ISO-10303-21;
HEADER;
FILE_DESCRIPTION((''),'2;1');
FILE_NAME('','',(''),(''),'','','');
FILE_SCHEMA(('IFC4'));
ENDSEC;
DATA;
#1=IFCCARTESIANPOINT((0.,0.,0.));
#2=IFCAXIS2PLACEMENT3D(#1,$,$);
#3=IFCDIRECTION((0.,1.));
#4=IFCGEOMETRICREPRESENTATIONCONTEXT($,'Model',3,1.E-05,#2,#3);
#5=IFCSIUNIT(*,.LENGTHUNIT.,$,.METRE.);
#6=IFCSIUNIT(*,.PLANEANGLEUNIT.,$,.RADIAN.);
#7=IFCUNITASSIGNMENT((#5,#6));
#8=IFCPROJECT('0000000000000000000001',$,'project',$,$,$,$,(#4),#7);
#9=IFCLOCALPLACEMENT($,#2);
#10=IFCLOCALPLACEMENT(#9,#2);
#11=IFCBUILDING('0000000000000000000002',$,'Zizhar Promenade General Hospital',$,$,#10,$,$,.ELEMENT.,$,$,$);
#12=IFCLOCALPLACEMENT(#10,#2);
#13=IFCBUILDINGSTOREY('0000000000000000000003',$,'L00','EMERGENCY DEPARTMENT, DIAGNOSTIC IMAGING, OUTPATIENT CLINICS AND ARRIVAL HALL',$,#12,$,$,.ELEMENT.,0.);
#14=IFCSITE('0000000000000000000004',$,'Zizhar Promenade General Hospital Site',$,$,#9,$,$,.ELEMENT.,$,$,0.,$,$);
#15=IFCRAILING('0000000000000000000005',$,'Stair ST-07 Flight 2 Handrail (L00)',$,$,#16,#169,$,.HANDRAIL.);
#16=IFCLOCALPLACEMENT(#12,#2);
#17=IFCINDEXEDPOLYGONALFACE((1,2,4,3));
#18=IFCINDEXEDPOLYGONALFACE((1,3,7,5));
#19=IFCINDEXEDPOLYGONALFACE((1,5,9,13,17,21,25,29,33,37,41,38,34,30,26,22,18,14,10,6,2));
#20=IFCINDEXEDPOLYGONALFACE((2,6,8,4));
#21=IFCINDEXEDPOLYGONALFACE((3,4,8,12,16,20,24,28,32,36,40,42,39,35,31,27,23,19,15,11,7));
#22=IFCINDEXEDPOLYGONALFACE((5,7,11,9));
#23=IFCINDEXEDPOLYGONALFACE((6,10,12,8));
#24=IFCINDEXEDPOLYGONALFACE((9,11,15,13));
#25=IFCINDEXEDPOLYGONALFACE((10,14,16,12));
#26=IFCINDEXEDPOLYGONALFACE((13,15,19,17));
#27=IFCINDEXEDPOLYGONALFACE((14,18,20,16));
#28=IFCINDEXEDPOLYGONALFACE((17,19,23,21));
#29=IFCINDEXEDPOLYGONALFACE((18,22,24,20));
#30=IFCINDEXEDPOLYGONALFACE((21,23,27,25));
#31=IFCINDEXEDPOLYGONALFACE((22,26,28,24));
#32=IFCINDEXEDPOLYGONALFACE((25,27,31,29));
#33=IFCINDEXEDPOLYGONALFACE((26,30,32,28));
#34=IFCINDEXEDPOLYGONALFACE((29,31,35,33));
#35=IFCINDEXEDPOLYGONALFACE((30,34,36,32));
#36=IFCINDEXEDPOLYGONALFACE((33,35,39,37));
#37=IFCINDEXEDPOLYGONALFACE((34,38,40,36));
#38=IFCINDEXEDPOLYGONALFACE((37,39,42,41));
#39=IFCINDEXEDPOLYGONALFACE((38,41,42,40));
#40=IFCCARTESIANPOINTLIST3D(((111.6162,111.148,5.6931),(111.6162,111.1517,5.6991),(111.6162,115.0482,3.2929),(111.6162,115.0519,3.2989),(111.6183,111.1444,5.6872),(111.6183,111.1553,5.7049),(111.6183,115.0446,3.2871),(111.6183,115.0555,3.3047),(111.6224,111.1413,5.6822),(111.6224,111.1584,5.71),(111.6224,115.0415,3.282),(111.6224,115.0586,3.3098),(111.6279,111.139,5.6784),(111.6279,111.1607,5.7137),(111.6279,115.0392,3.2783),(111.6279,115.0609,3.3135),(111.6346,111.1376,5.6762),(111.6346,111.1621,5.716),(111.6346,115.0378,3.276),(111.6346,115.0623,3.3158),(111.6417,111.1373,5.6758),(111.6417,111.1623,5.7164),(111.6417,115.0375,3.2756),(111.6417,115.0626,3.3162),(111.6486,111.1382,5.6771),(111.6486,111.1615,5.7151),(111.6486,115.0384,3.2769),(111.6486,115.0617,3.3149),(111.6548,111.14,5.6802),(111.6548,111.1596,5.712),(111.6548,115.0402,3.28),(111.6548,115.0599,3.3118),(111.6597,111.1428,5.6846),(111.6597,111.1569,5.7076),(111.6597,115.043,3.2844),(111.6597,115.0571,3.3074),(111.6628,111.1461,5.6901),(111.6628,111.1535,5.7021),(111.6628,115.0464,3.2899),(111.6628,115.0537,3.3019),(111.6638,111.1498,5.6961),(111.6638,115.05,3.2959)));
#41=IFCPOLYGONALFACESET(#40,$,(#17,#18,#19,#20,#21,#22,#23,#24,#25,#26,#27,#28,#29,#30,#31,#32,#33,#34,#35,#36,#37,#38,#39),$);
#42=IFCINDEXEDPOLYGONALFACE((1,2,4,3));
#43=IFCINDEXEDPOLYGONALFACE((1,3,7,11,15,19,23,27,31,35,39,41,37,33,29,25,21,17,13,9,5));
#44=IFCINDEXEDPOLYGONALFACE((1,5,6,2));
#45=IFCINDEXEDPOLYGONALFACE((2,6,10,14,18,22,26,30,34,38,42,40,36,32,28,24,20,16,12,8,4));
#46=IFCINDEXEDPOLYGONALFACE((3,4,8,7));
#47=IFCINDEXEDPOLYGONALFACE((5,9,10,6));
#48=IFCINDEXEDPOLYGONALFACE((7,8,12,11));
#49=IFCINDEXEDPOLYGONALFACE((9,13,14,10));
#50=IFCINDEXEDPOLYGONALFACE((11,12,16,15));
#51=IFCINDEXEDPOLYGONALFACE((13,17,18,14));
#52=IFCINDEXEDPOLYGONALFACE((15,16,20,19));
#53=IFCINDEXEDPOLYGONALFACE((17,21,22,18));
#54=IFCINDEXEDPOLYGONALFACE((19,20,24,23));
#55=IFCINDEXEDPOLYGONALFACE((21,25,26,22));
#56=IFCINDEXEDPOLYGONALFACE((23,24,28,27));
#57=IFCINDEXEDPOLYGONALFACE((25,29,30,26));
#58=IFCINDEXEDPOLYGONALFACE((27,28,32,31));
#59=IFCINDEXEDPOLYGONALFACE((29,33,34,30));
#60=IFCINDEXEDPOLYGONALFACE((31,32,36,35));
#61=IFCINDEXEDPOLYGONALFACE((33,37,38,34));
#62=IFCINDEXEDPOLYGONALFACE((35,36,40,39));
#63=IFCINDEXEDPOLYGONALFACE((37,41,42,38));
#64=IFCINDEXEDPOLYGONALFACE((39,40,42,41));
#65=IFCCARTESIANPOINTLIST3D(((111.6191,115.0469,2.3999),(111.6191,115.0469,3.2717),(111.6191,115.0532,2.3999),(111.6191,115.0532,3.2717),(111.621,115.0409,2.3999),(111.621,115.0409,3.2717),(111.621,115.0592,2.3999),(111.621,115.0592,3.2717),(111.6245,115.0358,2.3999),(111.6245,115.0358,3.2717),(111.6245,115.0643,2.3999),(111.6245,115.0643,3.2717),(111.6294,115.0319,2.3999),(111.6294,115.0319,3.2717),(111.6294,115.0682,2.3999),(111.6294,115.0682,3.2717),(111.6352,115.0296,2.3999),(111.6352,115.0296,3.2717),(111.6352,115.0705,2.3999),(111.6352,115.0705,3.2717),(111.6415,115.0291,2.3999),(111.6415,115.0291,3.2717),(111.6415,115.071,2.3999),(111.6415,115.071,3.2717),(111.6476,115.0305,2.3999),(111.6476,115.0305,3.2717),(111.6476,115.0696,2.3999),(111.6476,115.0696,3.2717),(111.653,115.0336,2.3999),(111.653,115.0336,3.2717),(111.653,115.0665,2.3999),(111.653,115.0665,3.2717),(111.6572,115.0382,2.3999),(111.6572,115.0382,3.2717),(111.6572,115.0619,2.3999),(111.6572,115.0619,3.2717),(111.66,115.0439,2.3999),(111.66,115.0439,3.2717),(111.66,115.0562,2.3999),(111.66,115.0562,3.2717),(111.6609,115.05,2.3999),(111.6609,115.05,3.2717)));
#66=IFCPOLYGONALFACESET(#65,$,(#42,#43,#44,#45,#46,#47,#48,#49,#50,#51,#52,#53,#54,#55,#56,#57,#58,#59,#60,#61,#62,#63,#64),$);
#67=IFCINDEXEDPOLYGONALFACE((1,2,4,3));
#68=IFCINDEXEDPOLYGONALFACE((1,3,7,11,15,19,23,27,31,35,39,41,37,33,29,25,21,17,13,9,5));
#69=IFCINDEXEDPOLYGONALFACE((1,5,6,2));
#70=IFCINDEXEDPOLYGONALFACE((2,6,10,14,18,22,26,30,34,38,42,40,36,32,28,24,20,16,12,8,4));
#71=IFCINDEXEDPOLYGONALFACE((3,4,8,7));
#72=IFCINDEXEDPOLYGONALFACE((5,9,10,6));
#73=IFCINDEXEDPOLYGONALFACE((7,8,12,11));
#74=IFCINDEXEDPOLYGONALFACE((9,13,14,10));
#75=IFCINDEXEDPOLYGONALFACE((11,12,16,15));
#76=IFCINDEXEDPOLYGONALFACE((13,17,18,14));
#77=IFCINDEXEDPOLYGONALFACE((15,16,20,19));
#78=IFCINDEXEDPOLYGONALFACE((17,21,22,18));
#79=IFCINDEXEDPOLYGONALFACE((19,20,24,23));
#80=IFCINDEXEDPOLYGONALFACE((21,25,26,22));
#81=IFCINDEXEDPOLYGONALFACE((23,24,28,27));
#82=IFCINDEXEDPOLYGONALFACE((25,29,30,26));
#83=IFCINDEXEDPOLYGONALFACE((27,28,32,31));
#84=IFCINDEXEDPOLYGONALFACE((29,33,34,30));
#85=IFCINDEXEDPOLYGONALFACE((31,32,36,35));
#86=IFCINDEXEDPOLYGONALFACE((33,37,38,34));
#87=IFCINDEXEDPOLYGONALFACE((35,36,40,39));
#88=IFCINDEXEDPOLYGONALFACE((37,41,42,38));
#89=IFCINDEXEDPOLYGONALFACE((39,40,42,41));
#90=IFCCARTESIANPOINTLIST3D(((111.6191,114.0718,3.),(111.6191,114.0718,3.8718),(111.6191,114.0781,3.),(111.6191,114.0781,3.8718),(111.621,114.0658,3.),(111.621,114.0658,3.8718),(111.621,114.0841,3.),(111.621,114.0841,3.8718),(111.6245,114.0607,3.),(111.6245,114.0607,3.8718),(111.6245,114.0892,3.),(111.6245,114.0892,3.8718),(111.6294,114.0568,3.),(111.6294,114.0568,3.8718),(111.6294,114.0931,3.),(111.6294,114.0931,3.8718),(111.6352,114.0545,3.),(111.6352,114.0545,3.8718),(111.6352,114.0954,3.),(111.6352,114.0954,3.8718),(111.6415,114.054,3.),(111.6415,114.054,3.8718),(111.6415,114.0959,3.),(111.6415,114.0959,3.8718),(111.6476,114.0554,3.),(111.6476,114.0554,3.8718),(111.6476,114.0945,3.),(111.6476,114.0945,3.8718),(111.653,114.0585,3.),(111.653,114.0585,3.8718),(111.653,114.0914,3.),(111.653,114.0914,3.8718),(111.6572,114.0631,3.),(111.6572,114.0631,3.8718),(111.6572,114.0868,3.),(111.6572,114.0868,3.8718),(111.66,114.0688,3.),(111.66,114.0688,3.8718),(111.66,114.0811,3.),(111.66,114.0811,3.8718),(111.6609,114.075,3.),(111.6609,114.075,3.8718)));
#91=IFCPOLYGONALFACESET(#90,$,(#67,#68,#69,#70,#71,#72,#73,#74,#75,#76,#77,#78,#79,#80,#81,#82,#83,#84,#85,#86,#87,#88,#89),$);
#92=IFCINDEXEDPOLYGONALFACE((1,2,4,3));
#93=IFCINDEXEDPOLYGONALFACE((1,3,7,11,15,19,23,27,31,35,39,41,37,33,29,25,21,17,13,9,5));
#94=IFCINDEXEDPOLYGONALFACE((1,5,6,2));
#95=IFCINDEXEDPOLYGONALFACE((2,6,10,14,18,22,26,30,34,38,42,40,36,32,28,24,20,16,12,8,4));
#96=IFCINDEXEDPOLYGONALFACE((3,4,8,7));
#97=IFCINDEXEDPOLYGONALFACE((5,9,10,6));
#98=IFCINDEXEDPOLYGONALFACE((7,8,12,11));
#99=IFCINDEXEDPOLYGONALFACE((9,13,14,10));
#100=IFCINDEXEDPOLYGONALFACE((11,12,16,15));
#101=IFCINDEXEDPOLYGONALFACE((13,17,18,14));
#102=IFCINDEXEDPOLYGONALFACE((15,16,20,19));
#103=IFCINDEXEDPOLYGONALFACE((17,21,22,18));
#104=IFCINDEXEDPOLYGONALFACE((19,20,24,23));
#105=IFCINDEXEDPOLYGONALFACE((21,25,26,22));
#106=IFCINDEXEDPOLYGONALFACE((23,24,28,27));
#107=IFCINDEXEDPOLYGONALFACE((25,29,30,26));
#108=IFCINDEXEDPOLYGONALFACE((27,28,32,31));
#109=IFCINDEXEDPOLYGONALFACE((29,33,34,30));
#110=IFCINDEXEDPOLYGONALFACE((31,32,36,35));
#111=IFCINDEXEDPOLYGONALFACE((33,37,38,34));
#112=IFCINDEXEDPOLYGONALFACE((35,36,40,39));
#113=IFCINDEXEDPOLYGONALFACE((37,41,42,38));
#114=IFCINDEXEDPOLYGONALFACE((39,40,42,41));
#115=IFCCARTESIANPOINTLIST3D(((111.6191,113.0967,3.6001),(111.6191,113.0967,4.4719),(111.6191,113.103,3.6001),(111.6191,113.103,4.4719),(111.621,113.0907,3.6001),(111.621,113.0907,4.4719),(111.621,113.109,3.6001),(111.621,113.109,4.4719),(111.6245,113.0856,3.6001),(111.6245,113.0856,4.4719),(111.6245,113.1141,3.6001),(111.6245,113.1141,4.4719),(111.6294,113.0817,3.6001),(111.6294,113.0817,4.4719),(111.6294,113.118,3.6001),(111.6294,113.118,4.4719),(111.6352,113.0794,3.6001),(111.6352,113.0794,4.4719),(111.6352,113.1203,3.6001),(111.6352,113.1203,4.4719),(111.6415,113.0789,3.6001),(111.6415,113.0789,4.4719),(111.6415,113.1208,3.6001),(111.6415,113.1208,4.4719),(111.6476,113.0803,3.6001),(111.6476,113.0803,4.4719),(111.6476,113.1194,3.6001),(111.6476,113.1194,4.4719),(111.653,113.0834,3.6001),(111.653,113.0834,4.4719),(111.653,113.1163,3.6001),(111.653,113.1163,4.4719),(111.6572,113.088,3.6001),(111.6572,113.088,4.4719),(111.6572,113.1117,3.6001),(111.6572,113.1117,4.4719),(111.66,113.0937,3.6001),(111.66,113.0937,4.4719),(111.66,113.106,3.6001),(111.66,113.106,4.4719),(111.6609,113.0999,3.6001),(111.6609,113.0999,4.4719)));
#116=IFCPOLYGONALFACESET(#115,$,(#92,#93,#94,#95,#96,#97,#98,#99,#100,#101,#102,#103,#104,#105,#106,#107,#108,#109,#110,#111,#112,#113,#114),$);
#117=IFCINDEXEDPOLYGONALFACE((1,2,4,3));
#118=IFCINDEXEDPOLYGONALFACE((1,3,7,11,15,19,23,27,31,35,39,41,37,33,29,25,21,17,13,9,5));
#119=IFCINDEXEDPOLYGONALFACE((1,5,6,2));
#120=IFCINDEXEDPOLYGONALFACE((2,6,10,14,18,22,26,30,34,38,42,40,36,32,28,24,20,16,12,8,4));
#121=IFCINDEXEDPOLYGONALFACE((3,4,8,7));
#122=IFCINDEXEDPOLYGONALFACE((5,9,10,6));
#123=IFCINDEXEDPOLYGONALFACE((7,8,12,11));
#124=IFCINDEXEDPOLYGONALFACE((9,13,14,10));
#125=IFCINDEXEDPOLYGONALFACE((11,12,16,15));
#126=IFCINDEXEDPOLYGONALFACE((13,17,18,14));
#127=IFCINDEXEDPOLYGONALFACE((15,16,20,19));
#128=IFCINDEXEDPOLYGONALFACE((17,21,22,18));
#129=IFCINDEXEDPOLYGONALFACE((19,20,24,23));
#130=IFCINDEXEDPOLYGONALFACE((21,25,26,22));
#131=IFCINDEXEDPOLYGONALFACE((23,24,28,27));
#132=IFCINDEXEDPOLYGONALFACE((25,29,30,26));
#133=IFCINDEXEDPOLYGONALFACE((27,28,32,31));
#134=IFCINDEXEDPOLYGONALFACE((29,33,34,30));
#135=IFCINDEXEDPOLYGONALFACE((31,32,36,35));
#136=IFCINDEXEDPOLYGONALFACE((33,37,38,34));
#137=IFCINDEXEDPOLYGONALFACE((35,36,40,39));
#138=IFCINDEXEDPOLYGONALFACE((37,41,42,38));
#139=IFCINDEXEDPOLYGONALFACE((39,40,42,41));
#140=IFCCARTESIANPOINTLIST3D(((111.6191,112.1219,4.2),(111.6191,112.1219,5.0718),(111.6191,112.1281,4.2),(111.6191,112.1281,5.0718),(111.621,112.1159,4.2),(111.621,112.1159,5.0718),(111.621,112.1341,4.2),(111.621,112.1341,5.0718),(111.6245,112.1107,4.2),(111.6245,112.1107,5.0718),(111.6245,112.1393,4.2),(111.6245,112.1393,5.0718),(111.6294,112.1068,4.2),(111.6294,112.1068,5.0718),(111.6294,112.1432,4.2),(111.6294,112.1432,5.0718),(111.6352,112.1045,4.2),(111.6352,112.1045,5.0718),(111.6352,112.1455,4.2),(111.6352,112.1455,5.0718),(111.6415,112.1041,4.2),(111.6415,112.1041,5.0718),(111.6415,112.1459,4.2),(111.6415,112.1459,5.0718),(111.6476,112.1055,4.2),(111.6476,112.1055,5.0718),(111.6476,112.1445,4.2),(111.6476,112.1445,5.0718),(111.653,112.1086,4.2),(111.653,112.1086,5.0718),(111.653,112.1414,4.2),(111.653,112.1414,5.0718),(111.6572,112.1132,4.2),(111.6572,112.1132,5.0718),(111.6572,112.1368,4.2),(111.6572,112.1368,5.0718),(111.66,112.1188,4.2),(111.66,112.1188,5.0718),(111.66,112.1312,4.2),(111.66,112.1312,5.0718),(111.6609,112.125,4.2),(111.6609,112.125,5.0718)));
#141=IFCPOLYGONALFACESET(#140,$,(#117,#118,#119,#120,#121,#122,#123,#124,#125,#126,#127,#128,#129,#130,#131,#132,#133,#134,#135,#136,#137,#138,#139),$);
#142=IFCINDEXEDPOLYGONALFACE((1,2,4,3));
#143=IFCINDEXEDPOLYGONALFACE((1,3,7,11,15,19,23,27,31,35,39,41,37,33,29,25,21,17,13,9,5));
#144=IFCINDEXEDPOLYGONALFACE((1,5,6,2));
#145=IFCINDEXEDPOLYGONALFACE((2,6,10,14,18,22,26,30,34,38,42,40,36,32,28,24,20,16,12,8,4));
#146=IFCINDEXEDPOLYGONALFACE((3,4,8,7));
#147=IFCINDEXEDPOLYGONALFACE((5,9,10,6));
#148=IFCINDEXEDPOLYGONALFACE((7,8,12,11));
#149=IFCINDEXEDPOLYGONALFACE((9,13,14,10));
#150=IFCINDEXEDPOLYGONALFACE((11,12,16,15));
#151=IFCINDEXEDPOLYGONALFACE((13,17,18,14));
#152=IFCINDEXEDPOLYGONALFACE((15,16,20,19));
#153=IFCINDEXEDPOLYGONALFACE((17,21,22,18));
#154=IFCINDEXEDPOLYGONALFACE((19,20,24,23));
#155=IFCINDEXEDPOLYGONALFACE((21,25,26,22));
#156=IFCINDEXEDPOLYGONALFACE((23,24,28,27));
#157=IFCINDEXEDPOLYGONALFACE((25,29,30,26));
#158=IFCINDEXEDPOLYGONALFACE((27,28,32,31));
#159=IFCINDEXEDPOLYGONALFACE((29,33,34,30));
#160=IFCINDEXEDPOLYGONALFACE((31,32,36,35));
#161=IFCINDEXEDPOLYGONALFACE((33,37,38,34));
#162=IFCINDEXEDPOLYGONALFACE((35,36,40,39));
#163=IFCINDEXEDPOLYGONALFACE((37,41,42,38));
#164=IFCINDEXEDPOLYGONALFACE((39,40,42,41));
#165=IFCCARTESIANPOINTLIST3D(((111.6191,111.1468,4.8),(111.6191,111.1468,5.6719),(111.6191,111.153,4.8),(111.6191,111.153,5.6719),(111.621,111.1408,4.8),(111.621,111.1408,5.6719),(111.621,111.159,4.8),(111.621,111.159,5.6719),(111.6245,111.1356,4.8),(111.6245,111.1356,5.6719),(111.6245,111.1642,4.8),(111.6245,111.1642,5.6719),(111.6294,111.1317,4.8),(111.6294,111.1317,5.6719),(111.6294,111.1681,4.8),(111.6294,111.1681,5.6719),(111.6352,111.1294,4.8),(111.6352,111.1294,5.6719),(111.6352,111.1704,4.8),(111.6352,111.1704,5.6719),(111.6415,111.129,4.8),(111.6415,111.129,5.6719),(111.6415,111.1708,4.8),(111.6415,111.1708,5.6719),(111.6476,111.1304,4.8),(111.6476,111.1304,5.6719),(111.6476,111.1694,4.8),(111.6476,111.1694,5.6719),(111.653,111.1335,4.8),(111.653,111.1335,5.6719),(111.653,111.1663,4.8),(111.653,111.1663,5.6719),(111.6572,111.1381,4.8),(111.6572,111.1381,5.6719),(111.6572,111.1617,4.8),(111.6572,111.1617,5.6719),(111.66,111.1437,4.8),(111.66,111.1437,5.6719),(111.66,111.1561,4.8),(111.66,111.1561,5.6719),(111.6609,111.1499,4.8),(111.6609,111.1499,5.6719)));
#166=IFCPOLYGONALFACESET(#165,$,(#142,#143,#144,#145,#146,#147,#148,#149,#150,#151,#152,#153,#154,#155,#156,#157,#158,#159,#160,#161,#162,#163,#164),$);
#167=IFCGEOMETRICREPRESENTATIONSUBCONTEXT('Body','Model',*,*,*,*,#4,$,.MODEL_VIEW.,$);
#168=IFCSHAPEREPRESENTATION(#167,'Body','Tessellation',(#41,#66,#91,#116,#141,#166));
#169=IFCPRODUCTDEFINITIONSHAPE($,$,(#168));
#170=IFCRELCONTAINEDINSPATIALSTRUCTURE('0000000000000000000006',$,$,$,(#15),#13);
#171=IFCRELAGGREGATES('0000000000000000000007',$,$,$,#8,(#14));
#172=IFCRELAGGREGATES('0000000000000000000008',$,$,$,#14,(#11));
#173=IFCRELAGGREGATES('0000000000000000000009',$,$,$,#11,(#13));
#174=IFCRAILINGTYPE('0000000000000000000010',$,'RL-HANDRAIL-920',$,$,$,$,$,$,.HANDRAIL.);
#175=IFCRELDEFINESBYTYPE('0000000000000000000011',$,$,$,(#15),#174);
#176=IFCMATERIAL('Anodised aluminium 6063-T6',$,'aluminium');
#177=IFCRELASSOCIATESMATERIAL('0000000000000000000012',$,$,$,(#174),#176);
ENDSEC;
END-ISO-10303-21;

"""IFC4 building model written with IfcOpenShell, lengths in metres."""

from ifc_helpers import new_model, si_unit, direction, frame, origin, origin_2d, place, context, subcontext, project, spatial, circle, hollow_circle, extrude, material, material_profile, profile_set, type_object, element, save


model = new_model("IFC4")

# Units and contexts
model_context = context("Model", 3, precision=1e-05, world=origin(), true_north=direction((0.0, 1.0)))
body_context = subcontext(model_context, "Body", "Model", "MODEL_VIEW")
ifc_project = project(units=[si_unit("LENGTHUNIT", "METRE"), si_unit("PLANEANGLEUNIT", "RADIAN")], contexts=[model_context])

# Site, building, storey
site_placement = place(None, origin())
site = spatial("IfcSite", under=ifc_project, at=site_placement, Name="Zizhar Promenade General Hospital Site", CompositionType="ELEMENT", RefElevation=0.0)
building_placement = place(site_placement, origin())
building = spatial("IfcBuilding", under=site, at=building_placement, Name="Zizhar Promenade General Hospital", CompositionType="ELEMENT")
storey_placement = place(building_placement, origin())
storey = spatial("IfcBuildingStorey", under=building, at=storey_placement, Name="L00", Description="EMERGENCY DEPARTMENT, DIAGNOSTIC IMAGING, OUTPATIENT CLINICS AND ARRIVAL HALL", CompositionType="ELEMENT", Elevation=0.0)

# Railing
ifc_material_1 = material(Name="Anodised aluminium 6063-T6", Category="aluminium")
ifc_material_profile_1 = material_profile(ifc_material_1, hollow_circle(Radius=0.0698, WallThickness=0.0063, at=origin_2d()))
ifc_profile_set_1 = profile_set([ifc_material_profile_1], Name="Anodised aluminium 6063-T6")
railing_type_1 = type_object("IfcRailingType", Name="RL-HANDRAIL-920", PredefinedType="HANDRAIL", material=ifc_profile_set_1)
railing_1_placement = place(storey_placement, frame((111.6399, 115.05, 2.3999)))
element("IfcRailing", 1, at=railing_1_placement, inside=storey, type_object=railing_type_1, Name="Stair ST-07 Flight 2 Handrail (L00)", PredefinedType="HANDRAIL", context=body_context, shape_type="SweptSolid", body=[
    extrude(circle(Radius=0.0239, at=origin_2d()), frame((0.0, 0.0, 0.896), z_axis=(0.0, -0.851653, 0.524106), x_axis=(1.0, 0.0, 0.0)), (0.0, 0.0, 1.0), 4.5796),
    extrude(circle(Radius=0.021, at=origin_2d()), origin(), (0.0, 0.0, 1.0), 0.8718),
    extrude(circle(Radius=0.021, at=origin_2d()), frame((0.0, -0.9751, 0.6001)), (0.0, 0.0, 1.0), 0.8718),
    extrude(circle(Radius=0.021, at=origin_2d()), frame((0.0, -1.9502, 1.2002)), (0.0, 0.0, 1.0), 0.8718),
    extrude(circle(Radius=0.021, at=origin_2d()), frame((0.0, -2.925, 1.8)), (0.0, 0.0, 1.0), 0.8718),
    extrude(circle(Radius=0.021, at=origin_2d()), frame((0.0, -3.9001, 2.4001)), (0.0, 0.0, 1.0), 0.8718),
])

save(model, "model.ifc")
